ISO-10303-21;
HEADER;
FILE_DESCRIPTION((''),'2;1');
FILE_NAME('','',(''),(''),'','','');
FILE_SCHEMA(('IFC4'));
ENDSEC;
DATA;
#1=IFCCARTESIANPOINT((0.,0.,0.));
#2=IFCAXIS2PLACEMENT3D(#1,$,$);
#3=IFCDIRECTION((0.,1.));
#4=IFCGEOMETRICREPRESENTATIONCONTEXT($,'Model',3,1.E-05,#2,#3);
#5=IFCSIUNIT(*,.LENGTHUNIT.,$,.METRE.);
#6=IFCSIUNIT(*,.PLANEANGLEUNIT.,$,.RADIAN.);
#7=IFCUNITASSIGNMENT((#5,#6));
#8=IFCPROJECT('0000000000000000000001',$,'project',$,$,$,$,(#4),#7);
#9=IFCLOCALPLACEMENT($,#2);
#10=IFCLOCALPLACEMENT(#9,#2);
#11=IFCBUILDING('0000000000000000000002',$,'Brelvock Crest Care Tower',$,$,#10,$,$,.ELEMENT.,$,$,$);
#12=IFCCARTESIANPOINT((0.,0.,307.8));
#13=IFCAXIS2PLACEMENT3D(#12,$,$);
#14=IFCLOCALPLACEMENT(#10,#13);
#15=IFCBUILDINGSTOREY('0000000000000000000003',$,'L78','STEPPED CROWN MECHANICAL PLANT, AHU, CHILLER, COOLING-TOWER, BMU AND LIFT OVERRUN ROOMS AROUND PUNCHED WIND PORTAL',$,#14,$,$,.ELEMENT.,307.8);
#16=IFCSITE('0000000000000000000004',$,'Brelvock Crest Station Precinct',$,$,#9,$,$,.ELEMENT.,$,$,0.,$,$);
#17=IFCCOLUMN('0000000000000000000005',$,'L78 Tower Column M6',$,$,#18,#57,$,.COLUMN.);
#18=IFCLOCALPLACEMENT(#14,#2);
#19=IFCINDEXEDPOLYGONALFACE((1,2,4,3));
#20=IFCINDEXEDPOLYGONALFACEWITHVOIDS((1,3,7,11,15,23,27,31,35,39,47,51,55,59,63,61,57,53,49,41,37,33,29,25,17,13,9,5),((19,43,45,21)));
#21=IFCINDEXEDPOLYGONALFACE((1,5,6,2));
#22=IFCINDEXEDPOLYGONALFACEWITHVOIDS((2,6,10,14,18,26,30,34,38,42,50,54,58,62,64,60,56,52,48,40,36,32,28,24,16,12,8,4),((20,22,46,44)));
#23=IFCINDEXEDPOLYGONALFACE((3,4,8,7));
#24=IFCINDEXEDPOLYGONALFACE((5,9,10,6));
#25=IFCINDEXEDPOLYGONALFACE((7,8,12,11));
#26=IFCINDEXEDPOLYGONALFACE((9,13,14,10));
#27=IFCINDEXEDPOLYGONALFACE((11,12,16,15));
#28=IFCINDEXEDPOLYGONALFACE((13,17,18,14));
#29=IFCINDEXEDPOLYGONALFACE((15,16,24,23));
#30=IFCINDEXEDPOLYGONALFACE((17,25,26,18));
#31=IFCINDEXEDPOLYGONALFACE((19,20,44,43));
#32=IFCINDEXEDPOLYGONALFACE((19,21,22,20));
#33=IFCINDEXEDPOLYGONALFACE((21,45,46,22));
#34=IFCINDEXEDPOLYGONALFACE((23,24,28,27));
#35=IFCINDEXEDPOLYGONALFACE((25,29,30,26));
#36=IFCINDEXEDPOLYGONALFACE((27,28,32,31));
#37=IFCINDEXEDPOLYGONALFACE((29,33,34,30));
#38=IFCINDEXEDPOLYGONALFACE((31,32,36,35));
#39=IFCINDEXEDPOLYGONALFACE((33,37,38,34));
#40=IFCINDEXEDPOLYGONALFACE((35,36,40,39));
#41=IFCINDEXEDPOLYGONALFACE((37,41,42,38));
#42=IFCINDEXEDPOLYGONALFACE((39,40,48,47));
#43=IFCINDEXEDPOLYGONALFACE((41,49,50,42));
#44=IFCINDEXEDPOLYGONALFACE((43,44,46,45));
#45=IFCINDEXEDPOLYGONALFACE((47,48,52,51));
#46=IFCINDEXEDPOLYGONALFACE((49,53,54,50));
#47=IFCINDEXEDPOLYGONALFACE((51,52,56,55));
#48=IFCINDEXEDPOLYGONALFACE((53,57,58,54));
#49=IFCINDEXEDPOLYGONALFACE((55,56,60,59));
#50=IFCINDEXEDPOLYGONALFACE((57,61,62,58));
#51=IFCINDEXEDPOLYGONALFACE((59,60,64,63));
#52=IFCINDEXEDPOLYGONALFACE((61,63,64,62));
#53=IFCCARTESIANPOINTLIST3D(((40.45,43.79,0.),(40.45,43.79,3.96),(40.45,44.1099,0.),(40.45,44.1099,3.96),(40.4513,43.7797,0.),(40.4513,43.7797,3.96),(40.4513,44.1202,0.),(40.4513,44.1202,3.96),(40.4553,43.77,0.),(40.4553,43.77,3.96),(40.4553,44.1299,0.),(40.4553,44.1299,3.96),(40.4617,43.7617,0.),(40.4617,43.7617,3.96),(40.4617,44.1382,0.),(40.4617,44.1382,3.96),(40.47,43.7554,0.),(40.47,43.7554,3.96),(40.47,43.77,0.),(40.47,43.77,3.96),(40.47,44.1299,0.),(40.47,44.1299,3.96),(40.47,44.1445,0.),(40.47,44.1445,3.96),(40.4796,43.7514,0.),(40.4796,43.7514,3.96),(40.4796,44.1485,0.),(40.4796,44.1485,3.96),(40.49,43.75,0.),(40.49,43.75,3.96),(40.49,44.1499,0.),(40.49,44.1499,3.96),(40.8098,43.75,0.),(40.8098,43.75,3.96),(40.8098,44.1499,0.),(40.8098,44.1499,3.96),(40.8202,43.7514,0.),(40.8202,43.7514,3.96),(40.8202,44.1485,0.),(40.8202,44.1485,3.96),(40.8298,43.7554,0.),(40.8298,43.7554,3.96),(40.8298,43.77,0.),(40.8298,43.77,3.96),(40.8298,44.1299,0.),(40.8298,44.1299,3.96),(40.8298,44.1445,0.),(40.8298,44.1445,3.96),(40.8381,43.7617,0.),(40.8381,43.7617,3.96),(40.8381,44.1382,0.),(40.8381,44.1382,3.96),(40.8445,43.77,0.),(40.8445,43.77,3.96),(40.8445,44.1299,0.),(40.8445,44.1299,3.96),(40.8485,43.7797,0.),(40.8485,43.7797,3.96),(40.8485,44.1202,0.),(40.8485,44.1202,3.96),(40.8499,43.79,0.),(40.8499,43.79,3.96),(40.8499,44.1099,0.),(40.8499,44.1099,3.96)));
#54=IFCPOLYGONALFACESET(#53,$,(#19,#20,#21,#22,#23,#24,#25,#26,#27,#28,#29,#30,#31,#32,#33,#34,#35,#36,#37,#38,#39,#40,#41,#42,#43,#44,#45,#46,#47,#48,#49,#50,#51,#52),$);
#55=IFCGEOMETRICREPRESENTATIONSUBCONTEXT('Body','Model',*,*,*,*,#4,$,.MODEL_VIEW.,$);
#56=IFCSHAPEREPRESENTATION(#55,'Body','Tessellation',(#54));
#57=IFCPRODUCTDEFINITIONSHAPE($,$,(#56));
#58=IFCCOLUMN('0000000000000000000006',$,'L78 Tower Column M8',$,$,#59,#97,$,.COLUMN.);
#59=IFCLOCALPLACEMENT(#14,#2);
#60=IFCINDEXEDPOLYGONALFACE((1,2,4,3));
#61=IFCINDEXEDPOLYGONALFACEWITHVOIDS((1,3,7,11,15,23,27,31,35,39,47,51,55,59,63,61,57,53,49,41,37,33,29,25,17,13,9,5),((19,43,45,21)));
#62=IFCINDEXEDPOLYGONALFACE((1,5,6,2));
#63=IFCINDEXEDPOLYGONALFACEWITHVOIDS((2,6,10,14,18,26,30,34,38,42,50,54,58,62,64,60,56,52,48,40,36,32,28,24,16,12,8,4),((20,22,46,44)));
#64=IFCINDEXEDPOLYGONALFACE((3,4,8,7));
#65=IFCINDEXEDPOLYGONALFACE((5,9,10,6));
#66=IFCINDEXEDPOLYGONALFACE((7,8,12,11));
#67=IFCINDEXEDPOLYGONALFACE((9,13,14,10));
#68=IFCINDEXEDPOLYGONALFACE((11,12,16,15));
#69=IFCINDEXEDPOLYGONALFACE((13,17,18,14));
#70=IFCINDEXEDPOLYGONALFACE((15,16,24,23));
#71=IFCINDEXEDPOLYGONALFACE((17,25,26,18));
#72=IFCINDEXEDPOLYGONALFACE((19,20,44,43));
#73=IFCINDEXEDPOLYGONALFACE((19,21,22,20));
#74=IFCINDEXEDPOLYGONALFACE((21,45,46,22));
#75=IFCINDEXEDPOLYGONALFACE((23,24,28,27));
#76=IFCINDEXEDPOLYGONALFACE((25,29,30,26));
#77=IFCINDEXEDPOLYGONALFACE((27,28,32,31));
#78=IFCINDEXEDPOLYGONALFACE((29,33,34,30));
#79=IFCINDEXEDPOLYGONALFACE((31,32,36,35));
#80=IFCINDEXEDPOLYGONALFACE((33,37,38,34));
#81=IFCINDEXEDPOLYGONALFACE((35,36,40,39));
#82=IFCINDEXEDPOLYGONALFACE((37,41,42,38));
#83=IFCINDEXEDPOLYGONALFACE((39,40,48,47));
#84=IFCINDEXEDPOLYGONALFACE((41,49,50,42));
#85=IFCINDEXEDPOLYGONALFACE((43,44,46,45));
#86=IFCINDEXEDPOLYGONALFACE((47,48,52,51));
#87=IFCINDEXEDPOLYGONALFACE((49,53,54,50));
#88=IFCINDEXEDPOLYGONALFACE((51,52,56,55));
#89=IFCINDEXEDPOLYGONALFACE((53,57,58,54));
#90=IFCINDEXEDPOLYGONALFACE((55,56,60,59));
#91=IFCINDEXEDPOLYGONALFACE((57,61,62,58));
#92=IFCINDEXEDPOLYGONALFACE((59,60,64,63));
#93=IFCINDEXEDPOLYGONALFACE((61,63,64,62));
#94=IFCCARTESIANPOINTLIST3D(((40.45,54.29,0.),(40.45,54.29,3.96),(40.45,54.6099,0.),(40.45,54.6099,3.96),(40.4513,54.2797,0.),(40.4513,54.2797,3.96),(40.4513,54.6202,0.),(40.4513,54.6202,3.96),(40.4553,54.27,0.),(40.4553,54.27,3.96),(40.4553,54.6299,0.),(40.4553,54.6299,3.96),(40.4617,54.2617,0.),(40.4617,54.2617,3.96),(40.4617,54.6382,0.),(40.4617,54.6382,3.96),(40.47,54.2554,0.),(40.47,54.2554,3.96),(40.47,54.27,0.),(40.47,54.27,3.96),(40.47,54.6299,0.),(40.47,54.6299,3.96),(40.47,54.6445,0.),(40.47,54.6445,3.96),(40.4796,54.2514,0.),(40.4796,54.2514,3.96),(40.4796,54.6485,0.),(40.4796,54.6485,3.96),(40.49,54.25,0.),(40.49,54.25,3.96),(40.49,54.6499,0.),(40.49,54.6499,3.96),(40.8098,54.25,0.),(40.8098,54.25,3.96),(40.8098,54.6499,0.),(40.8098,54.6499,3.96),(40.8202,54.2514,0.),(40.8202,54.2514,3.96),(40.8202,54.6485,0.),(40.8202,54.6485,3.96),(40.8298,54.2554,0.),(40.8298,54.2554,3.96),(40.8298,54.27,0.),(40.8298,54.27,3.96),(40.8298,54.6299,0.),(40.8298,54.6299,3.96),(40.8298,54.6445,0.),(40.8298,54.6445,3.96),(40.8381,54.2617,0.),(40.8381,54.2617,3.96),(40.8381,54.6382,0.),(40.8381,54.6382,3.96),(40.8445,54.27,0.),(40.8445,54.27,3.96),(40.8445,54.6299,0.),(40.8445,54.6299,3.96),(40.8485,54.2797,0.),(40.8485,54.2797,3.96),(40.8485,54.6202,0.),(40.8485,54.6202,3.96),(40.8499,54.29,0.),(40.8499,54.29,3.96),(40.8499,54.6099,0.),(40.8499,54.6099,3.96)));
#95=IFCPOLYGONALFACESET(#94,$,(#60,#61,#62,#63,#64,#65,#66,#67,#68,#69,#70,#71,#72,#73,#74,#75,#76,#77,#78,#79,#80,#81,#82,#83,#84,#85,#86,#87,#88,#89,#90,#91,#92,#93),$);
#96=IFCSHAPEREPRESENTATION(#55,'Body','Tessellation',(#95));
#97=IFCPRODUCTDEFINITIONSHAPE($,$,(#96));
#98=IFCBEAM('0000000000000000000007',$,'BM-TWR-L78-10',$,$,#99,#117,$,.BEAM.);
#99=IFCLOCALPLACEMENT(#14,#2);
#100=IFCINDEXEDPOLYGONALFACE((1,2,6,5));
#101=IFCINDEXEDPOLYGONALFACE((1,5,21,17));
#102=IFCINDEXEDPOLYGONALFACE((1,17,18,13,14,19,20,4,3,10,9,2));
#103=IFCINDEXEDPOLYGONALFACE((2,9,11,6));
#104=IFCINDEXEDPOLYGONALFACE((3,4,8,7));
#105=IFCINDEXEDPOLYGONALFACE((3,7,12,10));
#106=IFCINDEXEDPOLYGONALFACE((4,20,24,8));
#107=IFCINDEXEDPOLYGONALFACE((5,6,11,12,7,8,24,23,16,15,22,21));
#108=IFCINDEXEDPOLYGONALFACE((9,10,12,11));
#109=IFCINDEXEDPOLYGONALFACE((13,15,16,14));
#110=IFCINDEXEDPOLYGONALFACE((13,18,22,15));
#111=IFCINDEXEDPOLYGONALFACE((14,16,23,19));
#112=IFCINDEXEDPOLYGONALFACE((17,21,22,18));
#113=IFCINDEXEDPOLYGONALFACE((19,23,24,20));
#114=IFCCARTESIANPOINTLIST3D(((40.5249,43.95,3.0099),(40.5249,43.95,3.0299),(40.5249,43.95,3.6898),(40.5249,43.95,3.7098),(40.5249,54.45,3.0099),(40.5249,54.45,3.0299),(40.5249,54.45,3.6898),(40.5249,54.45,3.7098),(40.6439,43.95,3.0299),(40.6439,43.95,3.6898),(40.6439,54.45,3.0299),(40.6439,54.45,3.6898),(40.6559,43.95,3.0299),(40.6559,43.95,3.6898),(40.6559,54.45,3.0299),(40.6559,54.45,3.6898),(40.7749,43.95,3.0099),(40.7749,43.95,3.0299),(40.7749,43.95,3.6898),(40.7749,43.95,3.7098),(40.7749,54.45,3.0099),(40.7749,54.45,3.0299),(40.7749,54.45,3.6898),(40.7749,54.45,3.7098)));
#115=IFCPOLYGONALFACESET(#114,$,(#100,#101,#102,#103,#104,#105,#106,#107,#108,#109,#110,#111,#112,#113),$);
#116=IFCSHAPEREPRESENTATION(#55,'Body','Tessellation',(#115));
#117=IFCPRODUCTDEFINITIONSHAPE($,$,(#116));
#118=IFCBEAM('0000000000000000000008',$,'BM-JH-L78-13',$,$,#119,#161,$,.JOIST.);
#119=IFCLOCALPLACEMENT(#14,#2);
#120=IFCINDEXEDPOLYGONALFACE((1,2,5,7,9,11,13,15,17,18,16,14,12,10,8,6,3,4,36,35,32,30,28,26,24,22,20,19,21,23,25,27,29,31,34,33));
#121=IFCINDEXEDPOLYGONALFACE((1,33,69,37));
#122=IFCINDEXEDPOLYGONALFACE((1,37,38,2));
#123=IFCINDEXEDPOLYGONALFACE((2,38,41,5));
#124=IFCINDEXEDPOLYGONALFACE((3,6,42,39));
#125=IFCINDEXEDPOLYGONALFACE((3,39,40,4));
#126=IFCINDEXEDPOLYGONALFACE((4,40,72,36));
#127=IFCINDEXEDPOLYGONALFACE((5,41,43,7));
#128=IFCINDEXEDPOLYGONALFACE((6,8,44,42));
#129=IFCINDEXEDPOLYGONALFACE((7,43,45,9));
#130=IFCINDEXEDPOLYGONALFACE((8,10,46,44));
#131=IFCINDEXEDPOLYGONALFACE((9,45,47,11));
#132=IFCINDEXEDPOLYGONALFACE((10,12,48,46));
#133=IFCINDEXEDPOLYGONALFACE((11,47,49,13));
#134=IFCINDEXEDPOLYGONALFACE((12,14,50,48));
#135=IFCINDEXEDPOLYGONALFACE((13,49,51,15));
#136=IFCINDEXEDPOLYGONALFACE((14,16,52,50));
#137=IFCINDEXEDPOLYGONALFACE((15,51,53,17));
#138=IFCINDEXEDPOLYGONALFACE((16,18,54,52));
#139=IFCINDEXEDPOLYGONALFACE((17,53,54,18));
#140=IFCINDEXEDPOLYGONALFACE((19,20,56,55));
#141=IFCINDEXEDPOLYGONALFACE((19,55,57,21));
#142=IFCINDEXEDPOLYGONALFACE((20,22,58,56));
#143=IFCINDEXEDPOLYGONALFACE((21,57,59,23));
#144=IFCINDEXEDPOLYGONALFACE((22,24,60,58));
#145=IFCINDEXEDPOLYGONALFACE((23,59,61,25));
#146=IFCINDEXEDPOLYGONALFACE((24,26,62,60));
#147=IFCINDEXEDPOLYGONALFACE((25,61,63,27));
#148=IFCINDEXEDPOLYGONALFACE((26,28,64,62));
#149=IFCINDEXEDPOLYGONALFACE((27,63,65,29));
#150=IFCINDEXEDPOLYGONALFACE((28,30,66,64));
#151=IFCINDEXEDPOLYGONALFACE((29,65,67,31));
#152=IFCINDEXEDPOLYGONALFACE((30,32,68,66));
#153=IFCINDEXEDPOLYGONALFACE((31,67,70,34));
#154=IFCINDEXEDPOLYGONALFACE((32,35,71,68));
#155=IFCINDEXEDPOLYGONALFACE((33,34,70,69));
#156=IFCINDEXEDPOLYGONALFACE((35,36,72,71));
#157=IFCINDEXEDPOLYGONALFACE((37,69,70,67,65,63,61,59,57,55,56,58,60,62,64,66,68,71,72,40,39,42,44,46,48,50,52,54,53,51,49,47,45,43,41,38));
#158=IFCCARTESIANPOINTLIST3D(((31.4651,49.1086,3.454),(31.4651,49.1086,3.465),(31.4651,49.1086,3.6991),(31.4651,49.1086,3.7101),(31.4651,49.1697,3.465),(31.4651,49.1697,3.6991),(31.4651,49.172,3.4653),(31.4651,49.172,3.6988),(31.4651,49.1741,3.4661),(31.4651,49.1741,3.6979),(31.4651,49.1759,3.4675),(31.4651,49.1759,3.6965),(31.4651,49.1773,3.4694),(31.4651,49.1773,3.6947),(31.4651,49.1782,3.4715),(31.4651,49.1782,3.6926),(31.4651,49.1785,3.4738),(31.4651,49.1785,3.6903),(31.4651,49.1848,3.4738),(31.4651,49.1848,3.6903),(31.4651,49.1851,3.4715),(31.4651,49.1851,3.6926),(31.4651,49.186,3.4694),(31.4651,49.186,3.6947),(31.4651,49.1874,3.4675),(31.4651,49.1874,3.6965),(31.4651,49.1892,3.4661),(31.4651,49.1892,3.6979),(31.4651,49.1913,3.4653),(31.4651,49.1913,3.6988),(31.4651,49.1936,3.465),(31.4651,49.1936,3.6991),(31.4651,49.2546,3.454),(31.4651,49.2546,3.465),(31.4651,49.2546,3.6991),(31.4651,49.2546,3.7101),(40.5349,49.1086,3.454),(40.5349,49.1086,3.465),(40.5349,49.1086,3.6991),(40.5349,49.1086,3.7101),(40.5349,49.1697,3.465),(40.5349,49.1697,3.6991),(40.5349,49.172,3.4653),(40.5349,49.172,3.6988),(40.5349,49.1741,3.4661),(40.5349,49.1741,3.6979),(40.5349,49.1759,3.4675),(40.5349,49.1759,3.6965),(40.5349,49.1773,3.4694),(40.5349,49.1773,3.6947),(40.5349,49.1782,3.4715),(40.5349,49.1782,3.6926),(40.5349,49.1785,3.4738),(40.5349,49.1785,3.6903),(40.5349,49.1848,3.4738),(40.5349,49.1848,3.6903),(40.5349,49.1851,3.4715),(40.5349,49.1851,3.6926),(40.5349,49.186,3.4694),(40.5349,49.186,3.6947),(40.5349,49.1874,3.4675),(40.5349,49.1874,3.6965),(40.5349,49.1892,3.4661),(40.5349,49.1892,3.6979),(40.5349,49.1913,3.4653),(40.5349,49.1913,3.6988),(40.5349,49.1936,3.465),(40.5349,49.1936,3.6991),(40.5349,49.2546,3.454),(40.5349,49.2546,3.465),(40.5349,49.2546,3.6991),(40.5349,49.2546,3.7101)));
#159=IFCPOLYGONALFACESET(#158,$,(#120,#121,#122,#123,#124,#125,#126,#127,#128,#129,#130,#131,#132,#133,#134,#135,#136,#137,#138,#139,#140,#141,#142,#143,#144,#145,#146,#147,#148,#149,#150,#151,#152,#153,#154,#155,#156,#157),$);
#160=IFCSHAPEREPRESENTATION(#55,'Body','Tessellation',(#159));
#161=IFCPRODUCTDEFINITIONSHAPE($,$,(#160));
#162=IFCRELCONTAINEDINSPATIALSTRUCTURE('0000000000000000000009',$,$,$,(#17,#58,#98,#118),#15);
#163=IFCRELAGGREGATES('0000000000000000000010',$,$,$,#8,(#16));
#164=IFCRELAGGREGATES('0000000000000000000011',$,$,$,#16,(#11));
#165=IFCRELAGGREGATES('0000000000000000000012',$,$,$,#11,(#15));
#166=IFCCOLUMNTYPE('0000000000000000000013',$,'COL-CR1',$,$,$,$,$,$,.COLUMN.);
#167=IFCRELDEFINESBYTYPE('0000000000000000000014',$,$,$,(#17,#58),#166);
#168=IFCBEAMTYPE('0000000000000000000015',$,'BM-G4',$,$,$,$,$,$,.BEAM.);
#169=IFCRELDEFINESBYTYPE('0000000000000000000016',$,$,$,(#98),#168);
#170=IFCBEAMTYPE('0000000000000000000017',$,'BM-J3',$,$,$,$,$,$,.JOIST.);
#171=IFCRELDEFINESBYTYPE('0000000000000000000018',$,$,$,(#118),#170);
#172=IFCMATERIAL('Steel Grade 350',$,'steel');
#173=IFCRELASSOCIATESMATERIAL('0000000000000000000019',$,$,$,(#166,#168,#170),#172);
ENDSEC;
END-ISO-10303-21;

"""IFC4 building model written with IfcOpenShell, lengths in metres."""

from ifc_helpers import new_model, si_unit, direction, frame, origin, origin_2d, place, context, subcontext, project, spatial, hollow_rectangle, i_section, extrude, source, transform, mapped, material, material_profile, profile_set, type_object, element, save


model = new_model("IFC4")

# Units and contexts
model_context = context("Model", 3, precision=1e-05, world=origin(), true_north=direction((0.0, 1.0)))
body_context = subcontext(model_context, "Body", "Model", "MODEL_VIEW")
ifc_project = project(units=[si_unit("LENGTHUNIT", "METRE"), si_unit("PLANEANGLEUNIT", "RADIAN")], contexts=[model_context])

# Site, building, storey
site_placement = place(None, origin())
site = spatial("IfcSite", under=ifc_project, at=site_placement, Name="Brelvock Crest Station Precinct", CompositionType="ELEMENT", RefElevation=0.0)
building_placement = place(site_placement, origin())
building = spatial("IfcBuilding", under=site, at=building_placement, Name="Brelvock Crest Care Tower", CompositionType="ELEMENT")
storey_placement = place(building_placement, frame((0.0, 0.0, 307.8)))
storey = spatial("IfcBuildingStorey", under=building, at=storey_placement, Name="L78", Description="STEPPED CROWN MECHANICAL PLANT, AHU, CHILLER, COOLING-TOWER, BMU AND LIFT OVERRUN ROOMS AROUND PUNCHED WIND PORTAL", CompositionType="ELEMENT", Elevation=307.8)

# Columns
ifc_material_1 = material(Name="Steel Grade 350", Category="steel")
ifc_material_profile_1 = material_profile(ifc_material_1, hollow_rectangle(XDim=0.3999, YDim=0.3999, WallThickness=0.02, OuterFilletRadius=0.04, at=origin_2d()), Name="SHS400x400x20.0")
ifc_profile_set_1 = profile_set([ifc_material_profile_1], Name="Steel Grade 350")
column_type = type_object("IfcColumnType", Name="COL-CR1", PredefinedType="COLUMN", material=ifc_profile_set_1)
shared_shape_1 = source(origin(), body_context, "Body", "SweptSolid", [
    extrude(hollow_rectangle(XDim=0.3999, YDim=0.3999, WallThickness=0.02, OuterFilletRadius=0.04, at=origin_2d()), origin(), (0.0, 0.0, 1.0), 3.96),
])
for number, where, z_axis, x_axis, name in (
    (1, (40.6499, 43.95, 0.0), (0.0, 0.0, 1.0), (1.0, 0.0, 0.0), "L78 Tower Column M6"),
    (2, (40.6499, 54.45, 0.0), (0.0, 0.0, 1.0), (1.0, 0.0, 0.0), "L78 Tower Column M8"),
):
    element("IfcColumn", number, at=place(storey_placement, frame(where, z_axis=z_axis, x_axis=x_axis)), inside=storey, type_object=column_type, Name=name, PredefinedType="COLUMN", context=body_context, shape_type="MappedRepresentation", body=[
        mapped(shared_shape_1, transform((0.0, 0.0, 0.0), x_axis=(1.0, 0.0, 0.0), y_axis=(0.0, 1.0, 0.0), z_axis=(0.0, 0.0, 1.0), scale=1.0)),
    ])

# Beams
ifc_material_profile_2 = material_profile(ifc_material_1, i_section(OverallWidth=0.25, OverallDepth=0.7, WebThickness=0.012, FlangeThickness=0.02, at=origin_2d()), Name="700WB150")
ifc_profile_set_2 = profile_set([ifc_material_profile_2], Name="Steel Grade 350")
beam_type_1 = type_object("IfcBeamType", Name="BM-G4", PredefinedType="BEAM", material=ifc_profile_set_2)
shared_shape_2 = source(origin(), body_context, "Body", "SweptSolid", [
    extrude(i_section(OverallWidth=0.25, OverallDepth=0.7, WebThickness=0.012, FlangeThickness=0.02, at=origin_2d()), origin(), (0.0, 0.0, 1.0), 10.5),
])
beam_placement = place(storey_placement, frame((40.6499, 43.95, 3.3599), z_axis=(0.0, 1.0, 0.0), x_axis=(-1.0, 0.0, 0.0)))
element("IfcBeam", 3, at=beam_placement, inside=storey, type_object=beam_type_1, Name="BM-TWR-L78-10", PredefinedType="BEAM", context=body_context, shape_type="MappedRepresentation", body=[
    mapped(shared_shape_2, transform((0.0, 0.0, 0.0), x_axis=(1.0, 0.0, 0.0), y_axis=(0.0, 1.0, 0.0), z_axis=(0.0, 0.0, 1.0), scale=1.0)),
])
ifc_material_profile_3 = material_profile(ifc_material_1, i_section(OverallWidth=0.146, OverallDepth=0.2561, WebThickness=0.0063, FlangeThickness=0.011, FilletRadius=0.0088, at=origin_2d()), Name="250UB37.3")
ifc_profile_set_3 = profile_set([ifc_material_profile_3], Name="Steel Grade 350")
beam_type_2 = type_object("IfcBeamType", Name="BM-J3", PredefinedType="JOIST", material=ifc_profile_set_3)
shared_shape_3 = source(origin(), body_context, "Body", "SweptSolid", [
    extrude(i_section(OverallWidth=0.146, OverallDepth=0.2561, WebThickness=0.0063, FlangeThickness=0.011, FilletRadius=0.0088, at=origin_2d()), origin(), (0.0, 0.0, 1.0), 9.0698),
])
for number, where, z_axis, x_axis, name in (
    (4, (31.4651, 49.1816, 3.582), (1.0, 0.0, 0.0), (0.0, 1.0, 0.0), "BM-JH-L78-13"),
):
    element("IfcBeam", number, at=place(storey_placement, frame(where, z_axis=z_axis, x_axis=x_axis)), inside=storey, type_object=beam_type_2, Name=name, PredefinedType="JOIST", context=body_context, shape_type="MappedRepresentation", body=[
        mapped(shared_shape_3, transform((0.0, 0.0, 0.0), x_axis=(1.0, 0.0, 0.0), y_axis=(0.0, 1.0, 0.0), z_axis=(0.0, 0.0, 1.0), scale=1.0)),
    ])

save(model, "model.ifc")
